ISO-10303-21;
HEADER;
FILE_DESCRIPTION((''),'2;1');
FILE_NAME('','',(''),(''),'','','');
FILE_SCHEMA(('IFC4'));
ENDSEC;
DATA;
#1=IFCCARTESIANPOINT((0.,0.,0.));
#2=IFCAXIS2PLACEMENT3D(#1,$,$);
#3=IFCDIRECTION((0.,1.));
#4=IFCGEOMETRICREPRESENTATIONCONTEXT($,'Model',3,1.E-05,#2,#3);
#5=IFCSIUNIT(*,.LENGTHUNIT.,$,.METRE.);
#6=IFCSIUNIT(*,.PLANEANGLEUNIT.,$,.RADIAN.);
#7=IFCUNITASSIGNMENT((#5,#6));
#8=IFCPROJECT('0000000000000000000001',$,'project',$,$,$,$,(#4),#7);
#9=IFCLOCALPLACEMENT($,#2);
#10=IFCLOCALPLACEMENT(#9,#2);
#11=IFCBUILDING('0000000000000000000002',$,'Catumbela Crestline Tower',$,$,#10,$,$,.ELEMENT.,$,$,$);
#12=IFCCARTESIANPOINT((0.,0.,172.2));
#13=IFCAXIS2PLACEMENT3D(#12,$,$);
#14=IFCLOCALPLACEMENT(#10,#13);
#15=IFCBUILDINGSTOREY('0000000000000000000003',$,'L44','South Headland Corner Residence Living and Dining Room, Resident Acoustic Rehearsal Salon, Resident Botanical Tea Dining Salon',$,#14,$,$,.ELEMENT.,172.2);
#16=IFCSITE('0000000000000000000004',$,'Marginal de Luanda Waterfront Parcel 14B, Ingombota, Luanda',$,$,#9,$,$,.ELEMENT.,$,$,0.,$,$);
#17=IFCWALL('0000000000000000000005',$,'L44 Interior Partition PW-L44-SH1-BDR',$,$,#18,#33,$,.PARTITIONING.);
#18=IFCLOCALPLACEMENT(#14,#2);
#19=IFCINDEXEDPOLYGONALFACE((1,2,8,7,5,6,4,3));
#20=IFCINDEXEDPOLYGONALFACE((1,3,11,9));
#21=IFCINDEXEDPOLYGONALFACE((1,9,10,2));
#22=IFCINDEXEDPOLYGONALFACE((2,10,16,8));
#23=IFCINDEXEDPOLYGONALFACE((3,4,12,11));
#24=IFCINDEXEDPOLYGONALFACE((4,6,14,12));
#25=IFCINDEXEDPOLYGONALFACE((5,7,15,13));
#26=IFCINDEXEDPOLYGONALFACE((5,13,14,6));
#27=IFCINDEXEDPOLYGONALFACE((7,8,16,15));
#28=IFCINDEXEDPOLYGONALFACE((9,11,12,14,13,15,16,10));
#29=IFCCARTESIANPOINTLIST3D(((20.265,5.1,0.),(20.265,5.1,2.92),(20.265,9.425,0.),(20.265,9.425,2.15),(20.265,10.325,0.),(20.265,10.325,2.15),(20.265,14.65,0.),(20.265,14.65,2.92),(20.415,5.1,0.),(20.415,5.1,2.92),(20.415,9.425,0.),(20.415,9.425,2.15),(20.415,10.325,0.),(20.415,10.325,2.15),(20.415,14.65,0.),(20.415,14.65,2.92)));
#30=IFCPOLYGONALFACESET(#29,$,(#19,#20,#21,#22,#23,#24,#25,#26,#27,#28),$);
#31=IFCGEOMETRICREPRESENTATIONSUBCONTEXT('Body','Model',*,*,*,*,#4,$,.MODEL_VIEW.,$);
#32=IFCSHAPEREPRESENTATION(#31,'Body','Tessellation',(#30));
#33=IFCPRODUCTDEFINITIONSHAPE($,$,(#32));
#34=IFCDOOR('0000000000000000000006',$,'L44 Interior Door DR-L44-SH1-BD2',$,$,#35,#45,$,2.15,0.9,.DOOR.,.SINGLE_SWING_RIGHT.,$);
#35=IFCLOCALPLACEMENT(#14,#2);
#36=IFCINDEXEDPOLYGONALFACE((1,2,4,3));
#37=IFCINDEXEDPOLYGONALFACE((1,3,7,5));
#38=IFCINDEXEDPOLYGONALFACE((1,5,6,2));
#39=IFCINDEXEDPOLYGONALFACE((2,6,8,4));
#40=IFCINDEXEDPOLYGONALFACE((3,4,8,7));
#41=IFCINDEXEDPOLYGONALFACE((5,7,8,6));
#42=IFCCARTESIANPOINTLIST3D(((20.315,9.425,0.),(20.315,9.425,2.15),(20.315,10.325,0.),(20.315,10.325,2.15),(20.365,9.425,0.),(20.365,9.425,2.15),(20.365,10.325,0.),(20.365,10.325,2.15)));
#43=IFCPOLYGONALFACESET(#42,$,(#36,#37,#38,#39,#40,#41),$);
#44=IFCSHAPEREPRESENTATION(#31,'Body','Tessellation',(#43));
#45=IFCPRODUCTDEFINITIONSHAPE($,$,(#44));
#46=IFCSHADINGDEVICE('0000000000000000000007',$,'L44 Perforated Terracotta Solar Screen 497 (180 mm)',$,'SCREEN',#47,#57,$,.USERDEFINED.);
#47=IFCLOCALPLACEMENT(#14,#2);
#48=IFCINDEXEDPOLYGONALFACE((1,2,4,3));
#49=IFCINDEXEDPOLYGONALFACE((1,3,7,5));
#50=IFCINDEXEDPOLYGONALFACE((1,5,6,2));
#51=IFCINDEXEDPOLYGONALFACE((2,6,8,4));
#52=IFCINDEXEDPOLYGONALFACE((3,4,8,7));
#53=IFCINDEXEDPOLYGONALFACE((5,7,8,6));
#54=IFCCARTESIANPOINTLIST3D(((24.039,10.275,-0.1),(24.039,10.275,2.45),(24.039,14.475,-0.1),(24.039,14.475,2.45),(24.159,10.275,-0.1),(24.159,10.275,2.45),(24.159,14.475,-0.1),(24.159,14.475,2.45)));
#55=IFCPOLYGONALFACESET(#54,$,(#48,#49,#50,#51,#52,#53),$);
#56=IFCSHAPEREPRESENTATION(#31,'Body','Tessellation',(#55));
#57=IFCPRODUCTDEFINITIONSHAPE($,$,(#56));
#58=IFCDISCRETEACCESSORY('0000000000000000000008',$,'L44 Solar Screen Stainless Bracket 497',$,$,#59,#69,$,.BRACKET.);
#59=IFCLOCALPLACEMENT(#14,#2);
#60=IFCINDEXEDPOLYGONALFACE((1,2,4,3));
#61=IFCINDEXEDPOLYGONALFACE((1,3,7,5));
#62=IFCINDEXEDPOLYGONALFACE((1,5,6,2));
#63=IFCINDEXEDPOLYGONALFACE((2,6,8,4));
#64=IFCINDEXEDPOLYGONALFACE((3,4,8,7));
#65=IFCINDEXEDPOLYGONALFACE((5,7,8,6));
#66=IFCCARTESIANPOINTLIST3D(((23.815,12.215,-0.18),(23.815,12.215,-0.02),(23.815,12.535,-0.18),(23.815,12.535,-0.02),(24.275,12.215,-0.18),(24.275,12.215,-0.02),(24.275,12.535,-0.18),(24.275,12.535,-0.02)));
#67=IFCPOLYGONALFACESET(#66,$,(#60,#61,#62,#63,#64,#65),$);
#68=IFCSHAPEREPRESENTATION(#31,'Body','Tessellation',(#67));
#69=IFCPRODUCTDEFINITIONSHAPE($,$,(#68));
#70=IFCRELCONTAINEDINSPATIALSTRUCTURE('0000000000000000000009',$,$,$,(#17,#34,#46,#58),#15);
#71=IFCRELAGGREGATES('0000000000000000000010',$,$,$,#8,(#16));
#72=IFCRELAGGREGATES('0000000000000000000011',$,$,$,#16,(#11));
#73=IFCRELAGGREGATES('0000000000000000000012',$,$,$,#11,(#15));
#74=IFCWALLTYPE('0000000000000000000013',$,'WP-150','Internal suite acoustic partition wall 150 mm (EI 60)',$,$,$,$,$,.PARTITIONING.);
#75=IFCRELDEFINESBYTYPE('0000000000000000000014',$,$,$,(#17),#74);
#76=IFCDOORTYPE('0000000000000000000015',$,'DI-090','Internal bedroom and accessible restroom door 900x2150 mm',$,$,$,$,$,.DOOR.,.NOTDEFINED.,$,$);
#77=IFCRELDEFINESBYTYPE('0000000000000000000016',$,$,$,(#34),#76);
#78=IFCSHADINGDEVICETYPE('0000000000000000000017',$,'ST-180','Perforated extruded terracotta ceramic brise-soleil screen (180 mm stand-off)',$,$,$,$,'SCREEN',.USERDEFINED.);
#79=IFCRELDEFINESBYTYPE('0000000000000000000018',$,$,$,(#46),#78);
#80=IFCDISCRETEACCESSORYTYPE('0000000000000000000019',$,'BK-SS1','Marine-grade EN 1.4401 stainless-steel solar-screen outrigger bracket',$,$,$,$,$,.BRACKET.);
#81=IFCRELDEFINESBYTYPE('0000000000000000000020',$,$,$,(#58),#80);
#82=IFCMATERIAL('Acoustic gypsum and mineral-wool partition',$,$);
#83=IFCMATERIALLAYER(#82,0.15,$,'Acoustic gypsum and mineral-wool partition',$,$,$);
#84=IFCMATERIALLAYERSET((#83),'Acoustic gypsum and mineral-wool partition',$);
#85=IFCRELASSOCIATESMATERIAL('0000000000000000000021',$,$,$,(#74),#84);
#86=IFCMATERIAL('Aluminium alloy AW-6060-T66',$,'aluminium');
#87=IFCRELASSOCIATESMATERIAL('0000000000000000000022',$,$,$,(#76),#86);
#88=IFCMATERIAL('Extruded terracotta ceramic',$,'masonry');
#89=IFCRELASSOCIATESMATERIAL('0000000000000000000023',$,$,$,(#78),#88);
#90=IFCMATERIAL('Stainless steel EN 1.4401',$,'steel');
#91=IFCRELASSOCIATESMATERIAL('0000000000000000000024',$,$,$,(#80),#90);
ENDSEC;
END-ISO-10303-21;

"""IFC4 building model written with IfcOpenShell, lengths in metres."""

from ifc_helpers import new_model, si_unit, direction, frame, frame_2d, origin, origin_2d, place, context, subcontext, project, spatial, rectangle, extrude, material, layer, layer_set, type_object, element, fill, save


model = new_model("IFC4")

# Units and contexts
model_context = context("Model", 3, precision=1e-05, world=origin(), true_north=direction((0.0, 1.0)))
body_context = subcontext(model_context, "Body", "Model", "MODEL_VIEW")
ifc_project = project(units=[si_unit("LENGTHUNIT", "METRE"), si_unit("PLANEANGLEUNIT", "RADIAN")], contexts=[model_context])

# Site, building, storey
site_placement = place(None, origin())
site = spatial("IfcSite", under=ifc_project, at=site_placement, Name="Marginal de Luanda Waterfront Parcel 14B, Ingombota, Luanda", CompositionType="ELEMENT", RefElevation=0.0)
building_placement = place(site_placement, origin())
building = spatial("IfcBuilding", under=site, at=building_placement, Name="Catumbela Crestline Tower", CompositionType="ELEMENT")
storey_placement = place(building_placement, frame((0.0, 0.0, 172.2)))
storey = spatial("IfcBuildingStorey", under=building, at=storey_placement, Name="L44", Description="South Headland Corner Residence Living and Dining Room, Resident Acoustic Rehearsal Salon, Resident Botanical Tea Dining Salon", CompositionType="ELEMENT", Elevation=172.2)

# Shared definitions
ifc_material_1 = material(Name="Aluminium alloy AW-6060-T66", Category="aluminium")

# Shared definitions
ifc_material_2 = material(Name="Acoustic gypsum and mineral-wool partition")
ifc_layer_1 = layer(ifc_material_2, 0.15, Name="Acoustic gypsum and mineral-wool partition")
ifc_layer_set_1 = layer_set([ifc_layer_1], Name="Acoustic gypsum and mineral-wool partition")
wall_type_1 = type_object("IfcWallType", Name="WP-150", Description="Internal suite acoustic partition wall 150 mm (EI 60)", PredefinedType="PARTITIONING", material=ifc_layer_set_1)

# Wall, opening, door
wall_1_placement = place(storey_placement, frame((20.34, 5.1, 0.0), z_axis=(0.0, 0.0, 1.0), x_axis=(0.0, 1.0, 0.0)))
wall_1 = element("IfcWall", 1, at=wall_1_placement, inside=storey, type_object=wall_type_1, Name="L44 Interior Partition PW-L44-SH1-BDR", PredefinedType="PARTITIONING", context=body_context, shape_type="SweptSolid", body=[
    extrude(rectangle(XDim=9.55, YDim=0.15, at=frame_2d((4.775, 0.0))), origin(), (0.0, 0.0, 1.0), 2.92),
])
opening_1_placement = place(wall_1_placement, frame((4.325, 0.0, 0.0)))
opening_1 = element("IfcOpeningElement", 2, at=opening_1_placement, cuts=wall_1, PredefinedType="OPENING", context=body_context, shape_type="SweptSolid", body=[
    extrude(rectangle(XDim=0.9, YDim=2.15, at=frame_2d((0.45, 1.075))), frame((0.0, 0.085, 0.0), z_axis=(0.0, -1.0, 0.0), x_axis=(1.0, 0.0, 0.0)), (0.0, 0.0, 1.0), 0.17),
])
door_type = type_object("IfcDoorType", Name="DI-090", Description="Internal bedroom and accessible restroom door 900x2150 mm", OperationType="NOTDEFINED", PredefinedType="DOOR", material=ifc_material_1)
door_placement = place(opening_1_placement, origin())
door = element("IfcDoor", 3, at=door_placement, inside=storey, type_object=door_type, Name="L44 Interior Door DR-L44-SH1-BD2", OperationType="SINGLE_SWING_RIGHT", OverallHeight=2.15, OverallWidth=0.9, PredefinedType="DOOR", context=body_context, shape_type="SweptSolid", body=[
    extrude(rectangle(XDim=0.9, YDim=2.15, at=frame_2d((0.45, 1.075))), frame((0.0, 0.025, 0.0), z_axis=(0.0, -1.0, 0.0), x_axis=(1.0, 0.0, 0.0)), (0.0, 0.0, 1.0), 0.05),
])
fill(opening_1, door)

# Shading device
ifc_material_3 = material(Name="Extruded terracotta ceramic", Category="masonry")
shading_device_type = type_object("IfcShadingDeviceType", Name="ST-180", Description="Perforated extruded terracotta ceramic brise-soleil screen (180 mm stand-off)", ElementType="SCREEN", PredefinedType="USERDEFINED", material=ifc_material_3)
shading_device_placement = place(storey_placement, frame((24.099, 12.375, -0.1), z_axis=(0.0, 0.0, 1.0), x_axis=(0.0, 1.0, 0.0)))
element("IfcShadingDevice", 4, at=shading_device_placement, inside=storey, type_object=shading_device_type, Name="L44 Perforated Terracotta Solar Screen 497 (180 mm)", ObjectType="SCREEN", PredefinedType="USERDEFINED", context=body_context, shape_type="SweptSolid", body=[
    extrude(rectangle(XDim=4.2, YDim=0.12, at=origin_2d()), origin(), (0.0, 0.0, 1.0), 2.55),
])

# Discrete accessory
ifc_material_4 = material(Name="Stainless steel EN 1.4401", Category="steel")
discrete_accessory_type = type_object("IfcDiscreteAccessoryType", Name="BK-SS1", Description="Marine-grade EN 1.4401 stainless-steel solar-screen outrigger bracket", PredefinedType="BRACKET", material=ifc_material_4)
discrete_accessory_placement = place(storey_placement, frame((24.045, 12.375, -0.18), z_axis=(0.0, 0.0, 1.0), x_axis=(0.0, 1.0, 0.0)))
element("IfcDiscreteAccessory", 5, at=discrete_accessory_placement, inside=storey, type_object=discrete_accessory_type, Name="L44 Solar Screen Stainless Bracket 497", PredefinedType="BRACKET", context=body_context, shape_type="SweptSolid", body=[
    extrude(rectangle(XDim=0.32, YDim=0.46, at=origin_2d()), origin(), (0.0, 0.0, 1.0), 0.16),
])

save(model, "model.ifc")
